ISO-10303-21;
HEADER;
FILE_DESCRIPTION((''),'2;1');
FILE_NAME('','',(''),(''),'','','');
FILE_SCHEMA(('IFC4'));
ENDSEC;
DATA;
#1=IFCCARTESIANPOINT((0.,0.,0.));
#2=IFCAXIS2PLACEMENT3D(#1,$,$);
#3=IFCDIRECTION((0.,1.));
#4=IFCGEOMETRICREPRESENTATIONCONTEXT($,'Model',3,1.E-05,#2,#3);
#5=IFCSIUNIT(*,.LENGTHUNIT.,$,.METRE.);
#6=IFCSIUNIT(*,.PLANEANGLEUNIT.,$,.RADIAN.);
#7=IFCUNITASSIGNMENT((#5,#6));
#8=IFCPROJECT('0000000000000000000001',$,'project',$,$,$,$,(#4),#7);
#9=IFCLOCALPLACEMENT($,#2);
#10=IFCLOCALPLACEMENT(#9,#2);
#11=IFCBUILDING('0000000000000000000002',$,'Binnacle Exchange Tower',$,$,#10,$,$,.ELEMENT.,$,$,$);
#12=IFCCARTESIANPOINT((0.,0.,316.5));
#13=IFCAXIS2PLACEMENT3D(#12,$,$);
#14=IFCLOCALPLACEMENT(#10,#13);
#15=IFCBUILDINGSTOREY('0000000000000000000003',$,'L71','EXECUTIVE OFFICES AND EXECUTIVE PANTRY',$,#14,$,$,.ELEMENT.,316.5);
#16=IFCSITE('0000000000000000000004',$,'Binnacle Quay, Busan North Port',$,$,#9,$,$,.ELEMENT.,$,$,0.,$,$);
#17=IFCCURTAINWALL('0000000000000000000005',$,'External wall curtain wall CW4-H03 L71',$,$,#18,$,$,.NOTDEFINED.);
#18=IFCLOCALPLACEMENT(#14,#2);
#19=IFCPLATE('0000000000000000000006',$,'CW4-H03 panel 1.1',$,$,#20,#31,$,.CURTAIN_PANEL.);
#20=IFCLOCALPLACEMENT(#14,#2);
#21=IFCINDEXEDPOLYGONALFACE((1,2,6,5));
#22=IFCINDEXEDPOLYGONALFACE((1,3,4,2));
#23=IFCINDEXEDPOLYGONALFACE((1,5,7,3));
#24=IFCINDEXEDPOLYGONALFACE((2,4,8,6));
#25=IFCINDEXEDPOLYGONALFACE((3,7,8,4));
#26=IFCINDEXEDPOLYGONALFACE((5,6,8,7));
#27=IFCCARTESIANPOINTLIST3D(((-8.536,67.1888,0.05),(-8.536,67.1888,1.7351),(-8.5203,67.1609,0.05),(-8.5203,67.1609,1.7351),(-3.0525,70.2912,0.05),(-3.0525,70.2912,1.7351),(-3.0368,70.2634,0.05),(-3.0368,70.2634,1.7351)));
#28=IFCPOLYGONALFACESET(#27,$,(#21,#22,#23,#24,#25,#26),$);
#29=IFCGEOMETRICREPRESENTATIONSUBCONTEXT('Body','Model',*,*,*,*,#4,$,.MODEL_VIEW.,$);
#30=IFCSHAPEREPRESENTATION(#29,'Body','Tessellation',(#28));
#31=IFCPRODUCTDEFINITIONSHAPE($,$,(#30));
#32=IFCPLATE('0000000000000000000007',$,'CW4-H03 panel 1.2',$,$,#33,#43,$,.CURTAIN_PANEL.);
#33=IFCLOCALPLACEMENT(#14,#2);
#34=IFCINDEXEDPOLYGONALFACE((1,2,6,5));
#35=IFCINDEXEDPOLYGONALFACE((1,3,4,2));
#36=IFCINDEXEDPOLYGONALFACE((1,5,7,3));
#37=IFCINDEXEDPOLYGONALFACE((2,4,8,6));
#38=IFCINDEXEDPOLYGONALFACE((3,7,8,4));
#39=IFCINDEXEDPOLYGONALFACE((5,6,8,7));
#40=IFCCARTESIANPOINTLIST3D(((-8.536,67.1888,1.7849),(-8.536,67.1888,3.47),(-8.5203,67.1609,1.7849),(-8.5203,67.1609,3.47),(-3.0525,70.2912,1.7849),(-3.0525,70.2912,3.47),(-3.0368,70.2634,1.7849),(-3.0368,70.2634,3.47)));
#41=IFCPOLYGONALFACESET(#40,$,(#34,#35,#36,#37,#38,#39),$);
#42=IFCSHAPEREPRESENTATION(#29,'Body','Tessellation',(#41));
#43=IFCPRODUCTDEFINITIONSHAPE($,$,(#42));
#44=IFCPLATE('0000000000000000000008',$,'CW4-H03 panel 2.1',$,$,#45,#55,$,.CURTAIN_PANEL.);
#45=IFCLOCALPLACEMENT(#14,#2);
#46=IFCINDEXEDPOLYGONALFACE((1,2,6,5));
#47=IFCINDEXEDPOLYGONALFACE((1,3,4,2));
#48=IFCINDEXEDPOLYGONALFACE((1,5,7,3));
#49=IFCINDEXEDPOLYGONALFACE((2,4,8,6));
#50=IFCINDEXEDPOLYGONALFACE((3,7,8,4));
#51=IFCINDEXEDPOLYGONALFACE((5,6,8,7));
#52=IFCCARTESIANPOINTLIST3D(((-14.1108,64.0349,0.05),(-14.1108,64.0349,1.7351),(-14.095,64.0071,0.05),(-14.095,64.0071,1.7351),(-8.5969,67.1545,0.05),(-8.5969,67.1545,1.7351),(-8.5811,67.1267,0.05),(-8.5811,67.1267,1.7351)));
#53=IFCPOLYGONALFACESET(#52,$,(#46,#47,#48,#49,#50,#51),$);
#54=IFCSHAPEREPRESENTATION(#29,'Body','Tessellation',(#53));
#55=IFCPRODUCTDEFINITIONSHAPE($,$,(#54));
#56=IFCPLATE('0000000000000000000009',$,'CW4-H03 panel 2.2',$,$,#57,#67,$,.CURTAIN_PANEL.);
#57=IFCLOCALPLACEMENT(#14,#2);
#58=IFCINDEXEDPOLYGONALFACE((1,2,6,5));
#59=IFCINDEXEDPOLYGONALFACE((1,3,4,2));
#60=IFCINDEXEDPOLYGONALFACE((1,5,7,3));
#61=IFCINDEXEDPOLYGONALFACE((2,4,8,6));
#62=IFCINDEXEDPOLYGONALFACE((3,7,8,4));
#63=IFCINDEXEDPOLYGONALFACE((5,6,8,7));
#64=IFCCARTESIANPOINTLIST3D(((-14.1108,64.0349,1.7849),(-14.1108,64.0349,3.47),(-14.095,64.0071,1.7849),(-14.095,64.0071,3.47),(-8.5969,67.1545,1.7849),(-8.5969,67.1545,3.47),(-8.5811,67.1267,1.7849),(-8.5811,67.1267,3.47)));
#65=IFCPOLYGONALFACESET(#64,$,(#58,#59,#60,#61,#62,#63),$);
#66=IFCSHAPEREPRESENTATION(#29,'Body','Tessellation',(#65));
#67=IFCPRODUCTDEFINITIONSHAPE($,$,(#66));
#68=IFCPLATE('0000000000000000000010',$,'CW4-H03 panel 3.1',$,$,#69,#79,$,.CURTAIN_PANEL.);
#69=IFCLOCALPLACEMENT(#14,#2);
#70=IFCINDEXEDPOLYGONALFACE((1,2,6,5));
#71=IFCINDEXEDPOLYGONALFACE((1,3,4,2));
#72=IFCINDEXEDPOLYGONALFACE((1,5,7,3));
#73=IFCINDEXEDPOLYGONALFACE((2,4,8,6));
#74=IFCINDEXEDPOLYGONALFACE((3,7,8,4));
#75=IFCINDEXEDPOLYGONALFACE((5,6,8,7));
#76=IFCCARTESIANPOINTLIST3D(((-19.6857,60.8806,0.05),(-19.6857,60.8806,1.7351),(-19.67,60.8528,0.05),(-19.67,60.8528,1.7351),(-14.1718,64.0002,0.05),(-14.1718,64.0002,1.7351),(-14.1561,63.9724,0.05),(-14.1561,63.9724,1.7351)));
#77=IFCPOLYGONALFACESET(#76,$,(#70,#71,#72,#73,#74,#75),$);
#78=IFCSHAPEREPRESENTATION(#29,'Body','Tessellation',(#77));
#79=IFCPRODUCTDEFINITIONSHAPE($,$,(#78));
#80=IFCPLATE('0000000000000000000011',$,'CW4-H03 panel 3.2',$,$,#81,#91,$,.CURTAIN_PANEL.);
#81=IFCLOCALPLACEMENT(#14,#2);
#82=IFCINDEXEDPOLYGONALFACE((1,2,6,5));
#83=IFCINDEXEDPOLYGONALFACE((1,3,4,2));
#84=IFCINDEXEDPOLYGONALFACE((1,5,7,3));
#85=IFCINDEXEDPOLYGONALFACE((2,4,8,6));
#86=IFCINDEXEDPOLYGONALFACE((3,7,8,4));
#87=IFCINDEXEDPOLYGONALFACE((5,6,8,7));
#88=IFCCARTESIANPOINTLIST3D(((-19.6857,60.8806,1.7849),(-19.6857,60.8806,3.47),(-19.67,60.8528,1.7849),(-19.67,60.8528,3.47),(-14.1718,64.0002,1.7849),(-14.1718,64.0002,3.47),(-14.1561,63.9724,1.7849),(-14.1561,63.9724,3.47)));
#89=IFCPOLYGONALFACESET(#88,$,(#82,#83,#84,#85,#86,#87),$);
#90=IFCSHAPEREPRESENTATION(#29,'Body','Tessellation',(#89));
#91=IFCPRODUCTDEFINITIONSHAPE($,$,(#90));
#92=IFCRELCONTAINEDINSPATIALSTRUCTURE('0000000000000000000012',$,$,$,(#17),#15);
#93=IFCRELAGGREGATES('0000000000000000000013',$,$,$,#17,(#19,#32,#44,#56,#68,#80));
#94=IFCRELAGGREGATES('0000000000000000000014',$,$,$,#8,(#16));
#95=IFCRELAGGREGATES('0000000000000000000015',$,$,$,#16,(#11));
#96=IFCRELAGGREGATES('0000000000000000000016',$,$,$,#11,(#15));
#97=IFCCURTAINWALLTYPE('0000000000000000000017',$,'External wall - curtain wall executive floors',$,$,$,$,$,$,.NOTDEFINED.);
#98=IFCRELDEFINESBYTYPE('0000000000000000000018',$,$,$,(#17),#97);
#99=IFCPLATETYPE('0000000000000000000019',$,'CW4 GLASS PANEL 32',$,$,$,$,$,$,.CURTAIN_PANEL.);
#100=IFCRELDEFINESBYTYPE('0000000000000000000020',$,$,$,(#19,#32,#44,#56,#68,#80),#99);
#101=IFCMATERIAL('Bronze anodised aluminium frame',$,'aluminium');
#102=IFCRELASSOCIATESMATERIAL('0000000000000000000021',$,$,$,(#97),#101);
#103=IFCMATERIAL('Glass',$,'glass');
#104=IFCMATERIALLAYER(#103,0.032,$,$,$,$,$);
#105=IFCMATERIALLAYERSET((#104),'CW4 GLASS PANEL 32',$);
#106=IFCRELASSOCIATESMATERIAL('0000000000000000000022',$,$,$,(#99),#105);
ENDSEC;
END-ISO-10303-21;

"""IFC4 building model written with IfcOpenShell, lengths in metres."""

from ifc_helpers import new_model, si_unit, direction, frame, origin, origin_2d, place, context, subcontext, project, spatial, rectangle, extrude, material, layer, layer_set, type_object, element, aggregate, save


model = new_model("IFC4")

# Units and contexts
model_context = context("Model", 3, precision=1e-05, world=origin(), true_north=direction((0.0, 1.0)))
body_context = subcontext(model_context, "Body", "Model", "MODEL_VIEW")
ifc_project = project(units=[si_unit("LENGTHUNIT", "METRE"), si_unit("PLANEANGLEUNIT", "RADIAN")], contexts=[model_context])

# Site, building, storey
site_placement = place(None, origin())
site = spatial("IfcSite", under=ifc_project, at=site_placement, Name="Binnacle Quay, Busan North Port", CompositionType="ELEMENT", RefElevation=0.0)
building_placement = place(site_placement, origin())
building = spatial("IfcBuilding", under=site, at=building_placement, Name="Binnacle Exchange Tower", CompositionType="ELEMENT")
storey_placement = place(building_placement, frame((0.0, 0.0, 316.5)))
storey = spatial("IfcBuildingStorey", under=building, at=storey_placement, Name="L71", Description="EXECUTIVE OFFICES AND EXECUTIVE PANTRY", CompositionType="ELEMENT", Elevation=316.5)

# Curtain wall, plates
ifc_material_1 = material(Name="Bronze anodised aluminium frame", Category="aluminium")
curtain_wall_type = type_object("IfcCurtainWallType", Name="External wall - curtain wall executive floors", PredefinedType="NOTDEFINED", material=ifc_material_1)
curtain_wall_placement = place(storey_placement, origin())
curtain_wall = element("IfcCurtainWall", 1, at=curtain_wall_placement, inside=storey, type_object=curtain_wall_type, Name="External wall curtain wall CW4-H03 L71", PredefinedType="NOTDEFINED")
ifc_material_2 = material(Name="Glass", Category="glass")
ifc_layer_1 = layer(ifc_material_2, 0.032)
ifc_layer_set_1 = layer_set([ifc_layer_1], Name="CW4 GLASS PANEL 32")
plate_type = type_object("IfcPlateType", Name="CW4 GLASS PANEL 32", PredefinedType="CURTAIN_PANEL", material=ifc_layer_set_1)
plate_1_placement = place(storey_placement, frame((-5.7864, 68.7261, 0.05), z_axis=(0.0, 0.0, 1.0), x_axis=(-0.870356, -0.492424, 0.0)))
plate_1 = element("IfcPlate", 2, at=plate_1_placement, type_object=plate_type, Name="CW4-H03 panel 1.1", PredefinedType="CURTAIN_PANEL", context=body_context, shape_type="SweptSolid", body=[
    extrude(rectangle(XDim=6.3003, YDim=0.032, at=origin_2d()), origin(), (0.0, 0.0, 1.0), 1.6851),
])
plate_2_placement = place(storey_placement, frame((-5.7864, 68.7261, 1.7849), z_axis=(0.0, 0.0, 1.0), x_axis=(-0.870356, -0.492424, 0.0)))
plate_2 = element("IfcPlate", 3, at=plate_2_placement, type_object=plate_type, Name="CW4-H03 panel 1.2", PredefinedType="CURTAIN_PANEL", context=body_context, shape_type="SweptSolid", body=[
    extrude(rectangle(XDim=6.3003, YDim=0.032, at=origin_2d()), origin(), (0.0, 0.0, 1.0), 1.6851),
])
plate_3_placement = place(storey_placement, frame((-11.3459, 65.5808, 0.05), z_axis=(0.0, 0.0, 1.0), x_axis=(-0.870356, -0.492424, 0.0)))
plate_3 = element("IfcPlate", 4, at=plate_3_placement, type_object=plate_type, Name="CW4-H03 panel 2.1", PredefinedType="CURTAIN_PANEL", context=body_context, shape_type="SweptSolid", body=[
    extrude(rectangle(XDim=6.3352, YDim=0.032, at=origin_2d()), origin(), (0.0, 0.0, 1.0), 1.6851),
])
plate_4_placement = place(storey_placement, frame((-11.3459, 65.5808, 1.7849), z_axis=(0.0, 0.0, 1.0), x_axis=(-0.870356, -0.492424, 0.0)))
plate_4 = element("IfcPlate", 5, at=plate_4_placement, type_object=plate_type, Name="CW4-H03 panel 2.2", PredefinedType="CURTAIN_PANEL", context=body_context, shape_type="SweptSolid", body=[
    extrude(rectangle(XDim=6.3352, YDim=0.032, at=origin_2d()), origin(), (0.0, 0.0, 1.0), 1.6851),
])
plate_5_placement = place(storey_placement, frame((-16.9209, 62.4265, 0.05), z_axis=(0.0, 0.0, 1.0), x_axis=(-0.870356, -0.492424, 0.0)))
plate_5 = element("IfcPlate", 6, at=plate_5_placement, type_object=plate_type, Name="CW4-H03 panel 3.1", PredefinedType="CURTAIN_PANEL", context=body_context, shape_type="SweptSolid", body=[
    extrude(rectangle(XDim=6.3352, YDim=0.032, at=origin_2d()), origin(), (0.0, 0.0, 1.0), 1.6851),
])
plate_6_placement = place(storey_placement, frame((-16.9209, 62.4265, 1.7849), z_axis=(0.0, 0.0, 1.0), x_axis=(-0.870356, -0.492424, 0.0)))
plate_6 = element("IfcPlate", 7, at=plate_6_placement, type_object=plate_type, Name="CW4-H03 panel 3.2", PredefinedType="CURTAIN_PANEL", context=body_context, shape_type="SweptSolid", body=[
    extrude(rectangle(XDim=6.3352, YDim=0.032, at=origin_2d()), origin(), (0.0, 0.0, 1.0), 1.6851),
])
aggregate(curtain_wall, [plate_1, plate_2, plate_3, plate_4, plate_5, plate_6])

save(model, "model.ifc")
